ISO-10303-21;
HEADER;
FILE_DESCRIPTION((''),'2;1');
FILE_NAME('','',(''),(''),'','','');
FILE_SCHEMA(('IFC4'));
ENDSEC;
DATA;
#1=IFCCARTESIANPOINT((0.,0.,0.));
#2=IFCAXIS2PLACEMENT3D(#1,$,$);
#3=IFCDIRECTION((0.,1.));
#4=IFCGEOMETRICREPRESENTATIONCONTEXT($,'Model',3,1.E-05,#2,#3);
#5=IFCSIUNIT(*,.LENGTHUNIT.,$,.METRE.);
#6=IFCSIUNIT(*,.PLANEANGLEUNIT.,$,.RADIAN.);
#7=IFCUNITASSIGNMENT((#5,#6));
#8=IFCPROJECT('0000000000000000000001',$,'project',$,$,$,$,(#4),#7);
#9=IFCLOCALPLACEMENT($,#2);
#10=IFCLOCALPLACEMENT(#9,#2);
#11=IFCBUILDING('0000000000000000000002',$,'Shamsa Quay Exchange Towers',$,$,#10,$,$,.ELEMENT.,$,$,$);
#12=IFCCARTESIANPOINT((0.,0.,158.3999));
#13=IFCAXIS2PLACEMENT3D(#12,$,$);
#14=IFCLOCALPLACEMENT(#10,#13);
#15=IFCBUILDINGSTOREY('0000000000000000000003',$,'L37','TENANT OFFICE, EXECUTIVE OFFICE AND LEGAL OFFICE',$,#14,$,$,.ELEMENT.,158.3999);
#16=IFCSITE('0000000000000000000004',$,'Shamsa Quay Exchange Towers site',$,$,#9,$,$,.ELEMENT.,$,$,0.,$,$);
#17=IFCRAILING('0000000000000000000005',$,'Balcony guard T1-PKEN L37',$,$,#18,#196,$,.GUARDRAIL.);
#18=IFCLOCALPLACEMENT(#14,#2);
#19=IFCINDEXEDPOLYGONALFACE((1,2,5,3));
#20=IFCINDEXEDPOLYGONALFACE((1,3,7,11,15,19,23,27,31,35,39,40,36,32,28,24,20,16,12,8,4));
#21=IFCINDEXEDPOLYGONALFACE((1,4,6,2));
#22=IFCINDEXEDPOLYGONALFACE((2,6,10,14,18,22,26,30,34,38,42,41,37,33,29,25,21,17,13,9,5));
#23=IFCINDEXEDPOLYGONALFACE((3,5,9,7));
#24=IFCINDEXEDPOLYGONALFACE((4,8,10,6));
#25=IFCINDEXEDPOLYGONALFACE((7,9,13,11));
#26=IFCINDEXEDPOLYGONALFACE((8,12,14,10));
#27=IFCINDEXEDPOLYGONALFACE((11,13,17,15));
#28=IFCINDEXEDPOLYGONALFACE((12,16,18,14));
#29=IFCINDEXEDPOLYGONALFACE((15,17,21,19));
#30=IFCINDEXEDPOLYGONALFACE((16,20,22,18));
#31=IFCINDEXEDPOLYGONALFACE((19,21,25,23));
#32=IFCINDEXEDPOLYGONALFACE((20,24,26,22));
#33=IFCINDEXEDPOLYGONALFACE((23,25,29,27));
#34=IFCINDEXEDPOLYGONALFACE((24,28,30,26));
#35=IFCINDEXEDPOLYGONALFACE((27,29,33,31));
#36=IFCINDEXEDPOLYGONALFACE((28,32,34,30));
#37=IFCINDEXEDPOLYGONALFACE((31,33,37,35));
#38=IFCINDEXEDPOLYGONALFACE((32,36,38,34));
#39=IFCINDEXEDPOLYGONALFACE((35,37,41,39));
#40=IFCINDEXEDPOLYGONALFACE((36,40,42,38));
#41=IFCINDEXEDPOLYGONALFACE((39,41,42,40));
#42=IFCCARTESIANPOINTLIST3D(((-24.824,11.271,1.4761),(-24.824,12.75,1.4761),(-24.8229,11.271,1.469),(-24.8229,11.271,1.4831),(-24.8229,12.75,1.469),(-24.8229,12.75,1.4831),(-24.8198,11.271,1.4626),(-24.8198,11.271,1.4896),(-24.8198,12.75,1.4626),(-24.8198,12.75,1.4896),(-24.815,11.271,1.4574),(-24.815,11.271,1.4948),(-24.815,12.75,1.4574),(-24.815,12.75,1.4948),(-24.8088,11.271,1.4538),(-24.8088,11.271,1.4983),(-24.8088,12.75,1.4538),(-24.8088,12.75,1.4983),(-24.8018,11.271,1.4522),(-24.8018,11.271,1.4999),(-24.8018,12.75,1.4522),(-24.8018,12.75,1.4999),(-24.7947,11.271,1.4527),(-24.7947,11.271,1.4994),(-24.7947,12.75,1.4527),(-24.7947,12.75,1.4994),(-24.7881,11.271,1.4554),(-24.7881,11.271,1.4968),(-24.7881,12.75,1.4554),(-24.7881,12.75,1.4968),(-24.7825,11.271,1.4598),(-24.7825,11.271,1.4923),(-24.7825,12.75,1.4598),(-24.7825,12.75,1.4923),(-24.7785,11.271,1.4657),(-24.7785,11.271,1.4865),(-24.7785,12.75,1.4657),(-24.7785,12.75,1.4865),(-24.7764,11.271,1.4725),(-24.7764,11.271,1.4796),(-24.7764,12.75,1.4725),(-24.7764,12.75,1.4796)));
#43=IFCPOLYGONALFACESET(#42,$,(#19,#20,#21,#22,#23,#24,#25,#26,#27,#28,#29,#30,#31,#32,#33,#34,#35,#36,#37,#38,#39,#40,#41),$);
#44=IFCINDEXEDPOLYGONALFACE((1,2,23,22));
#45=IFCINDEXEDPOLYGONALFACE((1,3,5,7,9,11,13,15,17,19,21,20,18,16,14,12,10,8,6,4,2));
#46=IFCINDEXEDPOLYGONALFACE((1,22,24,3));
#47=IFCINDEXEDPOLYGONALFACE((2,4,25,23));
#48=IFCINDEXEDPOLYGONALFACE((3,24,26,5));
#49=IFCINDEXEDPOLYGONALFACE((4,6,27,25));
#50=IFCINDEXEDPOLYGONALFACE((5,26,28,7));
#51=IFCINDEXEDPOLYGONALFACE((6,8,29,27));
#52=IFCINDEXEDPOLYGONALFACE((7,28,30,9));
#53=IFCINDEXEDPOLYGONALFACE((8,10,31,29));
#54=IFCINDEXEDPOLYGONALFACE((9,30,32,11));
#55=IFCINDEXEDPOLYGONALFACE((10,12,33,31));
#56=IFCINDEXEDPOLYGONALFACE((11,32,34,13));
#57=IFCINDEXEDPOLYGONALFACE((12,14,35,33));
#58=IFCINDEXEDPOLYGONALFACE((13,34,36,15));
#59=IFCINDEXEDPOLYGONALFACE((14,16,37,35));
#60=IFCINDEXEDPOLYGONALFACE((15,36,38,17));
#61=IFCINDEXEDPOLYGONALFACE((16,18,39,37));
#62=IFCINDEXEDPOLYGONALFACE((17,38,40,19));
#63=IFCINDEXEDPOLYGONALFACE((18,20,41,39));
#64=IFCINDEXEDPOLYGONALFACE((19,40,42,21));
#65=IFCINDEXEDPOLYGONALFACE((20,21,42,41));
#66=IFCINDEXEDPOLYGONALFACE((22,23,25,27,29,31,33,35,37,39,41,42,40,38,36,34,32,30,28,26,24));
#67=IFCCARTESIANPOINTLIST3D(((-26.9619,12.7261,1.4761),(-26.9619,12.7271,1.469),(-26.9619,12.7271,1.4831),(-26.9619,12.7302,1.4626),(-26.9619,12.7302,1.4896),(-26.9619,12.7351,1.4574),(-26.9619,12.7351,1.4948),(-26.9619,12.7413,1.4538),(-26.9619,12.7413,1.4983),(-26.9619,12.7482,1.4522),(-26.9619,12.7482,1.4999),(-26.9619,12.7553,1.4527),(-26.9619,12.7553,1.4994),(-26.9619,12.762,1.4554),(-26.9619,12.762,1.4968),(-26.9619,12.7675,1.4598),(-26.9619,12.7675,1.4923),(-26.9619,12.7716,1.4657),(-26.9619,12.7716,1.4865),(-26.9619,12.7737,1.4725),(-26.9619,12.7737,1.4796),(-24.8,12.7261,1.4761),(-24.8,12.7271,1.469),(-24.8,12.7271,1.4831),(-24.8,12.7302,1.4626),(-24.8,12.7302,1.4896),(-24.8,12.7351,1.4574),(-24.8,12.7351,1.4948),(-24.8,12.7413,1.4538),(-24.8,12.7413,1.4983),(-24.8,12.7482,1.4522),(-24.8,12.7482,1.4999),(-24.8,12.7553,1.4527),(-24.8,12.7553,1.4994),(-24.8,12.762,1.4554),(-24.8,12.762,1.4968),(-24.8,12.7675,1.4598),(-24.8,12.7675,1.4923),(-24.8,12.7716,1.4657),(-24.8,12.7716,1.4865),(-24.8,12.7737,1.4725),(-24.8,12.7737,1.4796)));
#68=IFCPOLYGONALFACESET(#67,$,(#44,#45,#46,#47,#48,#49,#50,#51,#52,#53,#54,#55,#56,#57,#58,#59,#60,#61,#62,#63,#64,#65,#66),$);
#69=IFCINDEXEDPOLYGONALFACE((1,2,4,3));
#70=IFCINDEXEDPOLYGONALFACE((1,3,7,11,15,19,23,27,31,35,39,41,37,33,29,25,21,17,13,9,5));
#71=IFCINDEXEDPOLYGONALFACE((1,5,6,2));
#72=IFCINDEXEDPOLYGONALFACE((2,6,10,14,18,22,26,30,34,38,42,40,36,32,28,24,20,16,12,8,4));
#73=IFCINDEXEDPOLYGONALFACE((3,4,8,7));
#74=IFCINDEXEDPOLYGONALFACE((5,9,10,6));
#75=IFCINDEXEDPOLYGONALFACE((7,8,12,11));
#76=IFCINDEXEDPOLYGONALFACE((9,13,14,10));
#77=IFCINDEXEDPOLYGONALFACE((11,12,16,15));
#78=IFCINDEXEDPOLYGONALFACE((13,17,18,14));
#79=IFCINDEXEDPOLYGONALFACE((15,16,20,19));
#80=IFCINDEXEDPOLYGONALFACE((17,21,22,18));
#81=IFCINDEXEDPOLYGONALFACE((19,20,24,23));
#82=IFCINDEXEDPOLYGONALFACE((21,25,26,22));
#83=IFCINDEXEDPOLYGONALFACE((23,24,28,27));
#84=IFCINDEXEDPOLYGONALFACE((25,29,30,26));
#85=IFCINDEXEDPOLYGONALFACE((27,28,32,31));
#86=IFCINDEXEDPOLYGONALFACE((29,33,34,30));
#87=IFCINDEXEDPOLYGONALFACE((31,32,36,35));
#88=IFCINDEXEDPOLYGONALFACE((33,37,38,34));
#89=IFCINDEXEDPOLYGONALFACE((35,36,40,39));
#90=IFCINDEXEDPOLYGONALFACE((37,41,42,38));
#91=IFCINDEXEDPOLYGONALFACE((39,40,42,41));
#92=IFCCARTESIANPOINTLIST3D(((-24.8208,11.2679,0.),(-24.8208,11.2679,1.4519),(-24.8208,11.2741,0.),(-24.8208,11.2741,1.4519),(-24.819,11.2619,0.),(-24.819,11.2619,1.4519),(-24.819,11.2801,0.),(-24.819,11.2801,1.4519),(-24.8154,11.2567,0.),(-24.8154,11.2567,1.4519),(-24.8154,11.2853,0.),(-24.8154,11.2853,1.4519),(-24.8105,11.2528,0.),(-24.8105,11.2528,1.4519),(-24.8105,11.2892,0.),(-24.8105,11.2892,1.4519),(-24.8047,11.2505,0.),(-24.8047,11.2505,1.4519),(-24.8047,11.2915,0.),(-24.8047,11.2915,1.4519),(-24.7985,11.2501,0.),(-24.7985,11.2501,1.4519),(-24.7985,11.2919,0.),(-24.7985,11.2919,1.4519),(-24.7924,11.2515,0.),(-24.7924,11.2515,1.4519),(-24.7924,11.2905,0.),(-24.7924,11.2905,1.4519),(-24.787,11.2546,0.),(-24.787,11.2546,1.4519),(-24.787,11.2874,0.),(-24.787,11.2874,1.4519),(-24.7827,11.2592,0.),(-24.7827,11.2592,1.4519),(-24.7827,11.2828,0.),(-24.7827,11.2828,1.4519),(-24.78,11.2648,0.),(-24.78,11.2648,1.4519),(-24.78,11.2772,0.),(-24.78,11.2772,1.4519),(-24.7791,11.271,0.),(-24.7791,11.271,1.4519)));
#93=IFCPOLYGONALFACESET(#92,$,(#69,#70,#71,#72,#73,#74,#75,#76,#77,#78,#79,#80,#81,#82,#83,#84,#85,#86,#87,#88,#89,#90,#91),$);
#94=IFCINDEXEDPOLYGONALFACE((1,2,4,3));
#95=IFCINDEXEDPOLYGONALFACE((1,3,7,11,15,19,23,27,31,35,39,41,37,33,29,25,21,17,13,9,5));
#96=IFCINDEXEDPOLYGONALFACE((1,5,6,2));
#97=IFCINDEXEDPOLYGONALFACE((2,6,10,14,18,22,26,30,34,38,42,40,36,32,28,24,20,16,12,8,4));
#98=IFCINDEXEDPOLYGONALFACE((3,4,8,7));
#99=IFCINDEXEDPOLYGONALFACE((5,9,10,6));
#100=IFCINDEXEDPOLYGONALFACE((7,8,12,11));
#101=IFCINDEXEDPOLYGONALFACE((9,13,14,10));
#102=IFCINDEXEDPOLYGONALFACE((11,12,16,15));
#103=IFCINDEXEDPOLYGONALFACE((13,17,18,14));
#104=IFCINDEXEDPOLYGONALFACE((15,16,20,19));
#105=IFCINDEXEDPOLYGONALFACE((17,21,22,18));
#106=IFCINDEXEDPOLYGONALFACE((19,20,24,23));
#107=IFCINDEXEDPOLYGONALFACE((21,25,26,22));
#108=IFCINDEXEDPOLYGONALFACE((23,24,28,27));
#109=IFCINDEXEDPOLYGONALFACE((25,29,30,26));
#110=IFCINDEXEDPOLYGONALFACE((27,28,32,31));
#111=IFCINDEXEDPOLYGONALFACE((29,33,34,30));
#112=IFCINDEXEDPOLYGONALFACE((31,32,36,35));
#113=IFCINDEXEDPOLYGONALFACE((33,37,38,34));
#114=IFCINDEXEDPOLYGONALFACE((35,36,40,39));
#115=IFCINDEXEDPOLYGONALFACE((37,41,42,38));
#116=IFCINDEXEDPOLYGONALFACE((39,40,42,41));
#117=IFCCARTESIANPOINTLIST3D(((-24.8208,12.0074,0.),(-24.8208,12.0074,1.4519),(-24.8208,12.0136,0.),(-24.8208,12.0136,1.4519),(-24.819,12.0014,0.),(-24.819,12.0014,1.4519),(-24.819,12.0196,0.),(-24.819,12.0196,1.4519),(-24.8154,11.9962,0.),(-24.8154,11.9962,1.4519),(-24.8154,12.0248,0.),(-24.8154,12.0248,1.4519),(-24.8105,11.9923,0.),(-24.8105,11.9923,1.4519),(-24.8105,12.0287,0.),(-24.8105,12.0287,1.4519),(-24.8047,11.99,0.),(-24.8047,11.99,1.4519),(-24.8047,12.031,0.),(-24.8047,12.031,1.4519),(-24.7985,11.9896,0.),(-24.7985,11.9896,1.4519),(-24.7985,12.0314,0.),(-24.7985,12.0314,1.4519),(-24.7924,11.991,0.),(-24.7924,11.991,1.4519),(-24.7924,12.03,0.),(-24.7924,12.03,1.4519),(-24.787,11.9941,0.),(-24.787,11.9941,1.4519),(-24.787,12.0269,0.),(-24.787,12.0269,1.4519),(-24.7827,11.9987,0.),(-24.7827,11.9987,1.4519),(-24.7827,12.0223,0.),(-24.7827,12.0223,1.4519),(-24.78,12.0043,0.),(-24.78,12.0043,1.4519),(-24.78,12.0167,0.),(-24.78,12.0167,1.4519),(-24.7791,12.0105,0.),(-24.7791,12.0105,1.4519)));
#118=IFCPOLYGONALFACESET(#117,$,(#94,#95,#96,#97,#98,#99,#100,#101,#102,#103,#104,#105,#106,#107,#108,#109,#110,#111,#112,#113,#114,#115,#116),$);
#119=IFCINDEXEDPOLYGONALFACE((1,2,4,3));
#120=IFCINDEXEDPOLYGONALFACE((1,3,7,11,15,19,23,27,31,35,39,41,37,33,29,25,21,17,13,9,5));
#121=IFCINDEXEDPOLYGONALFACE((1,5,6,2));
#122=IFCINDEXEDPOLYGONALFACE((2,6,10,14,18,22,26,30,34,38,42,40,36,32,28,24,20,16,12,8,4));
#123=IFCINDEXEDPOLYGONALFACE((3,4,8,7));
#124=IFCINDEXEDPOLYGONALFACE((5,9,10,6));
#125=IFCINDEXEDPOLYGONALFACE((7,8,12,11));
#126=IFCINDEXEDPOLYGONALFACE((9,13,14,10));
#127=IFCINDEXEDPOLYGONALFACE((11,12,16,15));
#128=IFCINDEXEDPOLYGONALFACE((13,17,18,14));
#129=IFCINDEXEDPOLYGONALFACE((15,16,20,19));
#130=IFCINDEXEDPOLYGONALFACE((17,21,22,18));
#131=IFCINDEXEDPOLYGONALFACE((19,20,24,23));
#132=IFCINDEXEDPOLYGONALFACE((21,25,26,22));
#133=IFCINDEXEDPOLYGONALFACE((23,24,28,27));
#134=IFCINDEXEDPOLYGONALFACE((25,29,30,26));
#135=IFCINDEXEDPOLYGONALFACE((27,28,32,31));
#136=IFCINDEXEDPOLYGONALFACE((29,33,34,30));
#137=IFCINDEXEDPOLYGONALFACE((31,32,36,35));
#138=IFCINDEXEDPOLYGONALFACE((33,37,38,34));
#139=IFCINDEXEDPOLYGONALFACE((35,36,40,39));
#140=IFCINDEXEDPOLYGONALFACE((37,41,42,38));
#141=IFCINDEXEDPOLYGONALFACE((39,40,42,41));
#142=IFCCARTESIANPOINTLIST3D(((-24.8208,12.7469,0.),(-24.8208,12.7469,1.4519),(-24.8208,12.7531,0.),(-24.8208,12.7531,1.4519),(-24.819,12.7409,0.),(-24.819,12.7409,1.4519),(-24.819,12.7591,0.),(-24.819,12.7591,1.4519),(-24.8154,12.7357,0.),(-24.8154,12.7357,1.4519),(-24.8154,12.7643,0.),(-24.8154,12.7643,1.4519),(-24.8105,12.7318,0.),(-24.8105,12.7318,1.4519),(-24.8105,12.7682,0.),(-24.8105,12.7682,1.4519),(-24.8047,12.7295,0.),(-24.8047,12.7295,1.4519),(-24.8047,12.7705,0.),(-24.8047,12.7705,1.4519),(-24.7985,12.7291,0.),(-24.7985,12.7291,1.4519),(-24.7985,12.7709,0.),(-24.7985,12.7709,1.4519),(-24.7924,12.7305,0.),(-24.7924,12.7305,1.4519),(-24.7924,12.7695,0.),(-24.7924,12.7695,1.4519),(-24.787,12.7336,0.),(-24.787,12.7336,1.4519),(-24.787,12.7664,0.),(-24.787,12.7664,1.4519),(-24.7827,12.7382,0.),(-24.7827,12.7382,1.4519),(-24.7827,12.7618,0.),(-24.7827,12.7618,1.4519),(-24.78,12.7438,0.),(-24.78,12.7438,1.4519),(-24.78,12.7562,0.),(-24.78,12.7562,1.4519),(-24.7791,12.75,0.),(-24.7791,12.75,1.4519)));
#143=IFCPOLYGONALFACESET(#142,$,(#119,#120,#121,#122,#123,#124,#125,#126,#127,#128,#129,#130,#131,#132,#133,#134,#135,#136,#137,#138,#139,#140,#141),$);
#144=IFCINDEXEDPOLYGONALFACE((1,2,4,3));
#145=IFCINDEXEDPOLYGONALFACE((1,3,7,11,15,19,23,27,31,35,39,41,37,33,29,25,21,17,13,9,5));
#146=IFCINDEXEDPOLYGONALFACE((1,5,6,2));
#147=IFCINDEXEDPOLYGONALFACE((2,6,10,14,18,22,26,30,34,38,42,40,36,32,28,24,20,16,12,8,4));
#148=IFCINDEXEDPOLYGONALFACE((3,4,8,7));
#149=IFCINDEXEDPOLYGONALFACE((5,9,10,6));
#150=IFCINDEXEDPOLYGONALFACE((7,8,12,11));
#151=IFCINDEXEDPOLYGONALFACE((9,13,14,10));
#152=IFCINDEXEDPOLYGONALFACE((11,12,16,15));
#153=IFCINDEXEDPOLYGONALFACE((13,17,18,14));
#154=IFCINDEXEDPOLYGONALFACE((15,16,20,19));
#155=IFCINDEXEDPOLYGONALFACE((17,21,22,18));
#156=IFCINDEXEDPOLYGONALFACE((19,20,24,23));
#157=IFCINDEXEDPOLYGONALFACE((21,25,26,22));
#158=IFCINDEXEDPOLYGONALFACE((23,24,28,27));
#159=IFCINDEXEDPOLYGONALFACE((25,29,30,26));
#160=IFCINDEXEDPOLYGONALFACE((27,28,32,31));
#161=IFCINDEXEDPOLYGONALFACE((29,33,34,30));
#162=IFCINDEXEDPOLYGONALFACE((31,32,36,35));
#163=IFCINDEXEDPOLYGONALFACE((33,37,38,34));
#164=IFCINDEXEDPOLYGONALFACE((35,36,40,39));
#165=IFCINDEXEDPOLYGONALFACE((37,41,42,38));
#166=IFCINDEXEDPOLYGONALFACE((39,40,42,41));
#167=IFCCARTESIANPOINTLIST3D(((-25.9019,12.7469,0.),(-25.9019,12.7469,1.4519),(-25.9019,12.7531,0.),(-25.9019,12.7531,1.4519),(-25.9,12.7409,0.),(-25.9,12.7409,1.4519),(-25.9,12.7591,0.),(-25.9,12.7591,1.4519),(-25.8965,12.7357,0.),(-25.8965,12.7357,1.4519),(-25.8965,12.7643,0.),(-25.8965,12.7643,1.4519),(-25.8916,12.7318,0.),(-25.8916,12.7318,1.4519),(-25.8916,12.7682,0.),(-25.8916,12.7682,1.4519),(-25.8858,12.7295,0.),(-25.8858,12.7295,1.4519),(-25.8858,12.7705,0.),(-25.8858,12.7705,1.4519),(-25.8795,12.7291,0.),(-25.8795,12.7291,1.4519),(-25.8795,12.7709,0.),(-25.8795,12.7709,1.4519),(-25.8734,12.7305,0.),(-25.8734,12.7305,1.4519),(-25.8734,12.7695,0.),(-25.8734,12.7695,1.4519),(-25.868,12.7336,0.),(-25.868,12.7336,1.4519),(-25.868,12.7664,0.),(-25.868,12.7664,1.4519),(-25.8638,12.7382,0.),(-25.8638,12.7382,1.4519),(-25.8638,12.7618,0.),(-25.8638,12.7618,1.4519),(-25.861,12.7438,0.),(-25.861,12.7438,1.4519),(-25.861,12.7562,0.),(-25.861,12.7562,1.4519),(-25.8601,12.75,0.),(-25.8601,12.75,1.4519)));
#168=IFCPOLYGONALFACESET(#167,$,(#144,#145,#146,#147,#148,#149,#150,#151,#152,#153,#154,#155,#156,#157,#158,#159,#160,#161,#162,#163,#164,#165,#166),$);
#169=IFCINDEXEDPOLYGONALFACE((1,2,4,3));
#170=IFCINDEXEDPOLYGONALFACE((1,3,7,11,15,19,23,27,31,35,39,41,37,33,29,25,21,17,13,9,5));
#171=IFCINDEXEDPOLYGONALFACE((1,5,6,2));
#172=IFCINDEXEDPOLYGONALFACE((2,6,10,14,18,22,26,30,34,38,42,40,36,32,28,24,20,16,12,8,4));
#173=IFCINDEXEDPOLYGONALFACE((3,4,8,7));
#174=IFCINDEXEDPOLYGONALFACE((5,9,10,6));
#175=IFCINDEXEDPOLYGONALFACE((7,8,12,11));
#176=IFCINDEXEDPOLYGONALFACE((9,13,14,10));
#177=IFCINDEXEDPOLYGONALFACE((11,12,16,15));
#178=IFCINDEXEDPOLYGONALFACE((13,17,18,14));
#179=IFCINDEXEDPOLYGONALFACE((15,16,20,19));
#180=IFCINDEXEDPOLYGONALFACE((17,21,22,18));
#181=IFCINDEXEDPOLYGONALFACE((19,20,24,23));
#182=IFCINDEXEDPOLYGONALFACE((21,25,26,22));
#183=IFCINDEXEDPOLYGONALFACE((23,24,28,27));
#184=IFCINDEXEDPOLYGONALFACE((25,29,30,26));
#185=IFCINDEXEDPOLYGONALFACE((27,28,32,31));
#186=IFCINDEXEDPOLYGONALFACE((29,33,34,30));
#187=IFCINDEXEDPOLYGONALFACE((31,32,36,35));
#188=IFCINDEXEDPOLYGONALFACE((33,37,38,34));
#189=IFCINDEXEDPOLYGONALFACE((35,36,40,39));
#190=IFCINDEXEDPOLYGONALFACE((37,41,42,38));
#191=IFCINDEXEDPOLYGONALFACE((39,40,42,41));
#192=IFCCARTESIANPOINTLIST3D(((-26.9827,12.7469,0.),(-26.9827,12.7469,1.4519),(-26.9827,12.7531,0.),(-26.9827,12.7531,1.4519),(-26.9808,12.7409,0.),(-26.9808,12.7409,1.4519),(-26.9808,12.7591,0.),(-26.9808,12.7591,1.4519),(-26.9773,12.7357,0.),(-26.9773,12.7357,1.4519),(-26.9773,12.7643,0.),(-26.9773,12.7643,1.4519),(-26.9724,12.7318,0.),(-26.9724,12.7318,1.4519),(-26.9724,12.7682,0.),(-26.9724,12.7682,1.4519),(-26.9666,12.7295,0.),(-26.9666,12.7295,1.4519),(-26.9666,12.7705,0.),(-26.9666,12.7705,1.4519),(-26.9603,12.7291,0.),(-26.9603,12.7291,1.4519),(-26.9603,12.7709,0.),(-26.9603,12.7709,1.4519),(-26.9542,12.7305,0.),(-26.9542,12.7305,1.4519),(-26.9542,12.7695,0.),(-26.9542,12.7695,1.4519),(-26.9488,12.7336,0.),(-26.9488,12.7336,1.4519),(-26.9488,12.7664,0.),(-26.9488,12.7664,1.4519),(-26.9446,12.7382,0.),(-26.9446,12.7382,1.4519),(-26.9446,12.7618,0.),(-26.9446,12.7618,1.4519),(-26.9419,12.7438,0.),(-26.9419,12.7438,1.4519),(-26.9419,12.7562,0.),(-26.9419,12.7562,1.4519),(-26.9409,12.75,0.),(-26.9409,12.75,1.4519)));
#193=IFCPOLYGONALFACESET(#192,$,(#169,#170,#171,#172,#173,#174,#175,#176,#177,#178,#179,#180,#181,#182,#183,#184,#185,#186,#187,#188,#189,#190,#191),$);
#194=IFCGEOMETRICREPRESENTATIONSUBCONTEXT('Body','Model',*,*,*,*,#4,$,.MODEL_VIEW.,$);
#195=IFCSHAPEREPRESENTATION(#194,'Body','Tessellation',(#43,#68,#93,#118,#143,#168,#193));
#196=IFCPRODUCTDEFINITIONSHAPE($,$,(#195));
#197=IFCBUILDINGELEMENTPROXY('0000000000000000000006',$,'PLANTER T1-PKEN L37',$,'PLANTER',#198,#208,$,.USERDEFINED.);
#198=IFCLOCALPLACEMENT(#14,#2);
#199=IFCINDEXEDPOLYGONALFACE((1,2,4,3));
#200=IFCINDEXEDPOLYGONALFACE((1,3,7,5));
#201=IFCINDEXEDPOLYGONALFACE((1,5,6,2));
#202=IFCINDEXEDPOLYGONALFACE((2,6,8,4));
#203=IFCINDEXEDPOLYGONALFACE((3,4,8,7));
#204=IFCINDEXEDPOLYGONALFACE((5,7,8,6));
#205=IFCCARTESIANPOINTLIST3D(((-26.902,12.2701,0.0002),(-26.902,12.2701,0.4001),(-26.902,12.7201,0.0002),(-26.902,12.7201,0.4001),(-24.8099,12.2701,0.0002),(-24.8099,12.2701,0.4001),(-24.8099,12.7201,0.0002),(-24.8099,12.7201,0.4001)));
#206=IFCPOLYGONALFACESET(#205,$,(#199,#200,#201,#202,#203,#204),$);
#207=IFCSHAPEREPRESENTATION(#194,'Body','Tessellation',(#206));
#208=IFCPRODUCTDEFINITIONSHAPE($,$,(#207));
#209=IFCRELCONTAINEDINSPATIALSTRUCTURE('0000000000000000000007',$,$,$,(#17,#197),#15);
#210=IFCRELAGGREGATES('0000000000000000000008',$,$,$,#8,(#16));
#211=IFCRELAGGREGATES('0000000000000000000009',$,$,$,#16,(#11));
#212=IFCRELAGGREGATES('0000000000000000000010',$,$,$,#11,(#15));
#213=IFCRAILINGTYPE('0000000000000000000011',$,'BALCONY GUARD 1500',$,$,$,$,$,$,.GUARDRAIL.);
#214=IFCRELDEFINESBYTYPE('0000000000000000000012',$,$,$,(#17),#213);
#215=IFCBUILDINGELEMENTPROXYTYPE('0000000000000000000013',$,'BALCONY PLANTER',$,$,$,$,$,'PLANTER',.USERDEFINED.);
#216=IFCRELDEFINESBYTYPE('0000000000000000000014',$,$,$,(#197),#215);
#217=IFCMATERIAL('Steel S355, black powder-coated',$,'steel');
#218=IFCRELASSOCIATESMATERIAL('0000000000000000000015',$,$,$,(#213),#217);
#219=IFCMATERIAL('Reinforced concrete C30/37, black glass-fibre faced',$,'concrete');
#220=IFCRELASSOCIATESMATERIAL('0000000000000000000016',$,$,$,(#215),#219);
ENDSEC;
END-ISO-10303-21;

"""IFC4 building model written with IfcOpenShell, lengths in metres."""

from ifc_helpers import new_model, si_unit, direction, frame, origin, origin_2d, place, context, subcontext, project, spatial, rectangle, circle, extrude, material, type_object, element, save


model = new_model("IFC4")

# Units and contexts
model_context = context("Model", 3, precision=1e-05, world=origin(), true_north=direction((0.0, 1.0)))
body_context = subcontext(model_context, "Body", "Model", "MODEL_VIEW")
ifc_project = project(units=[si_unit("LENGTHUNIT", "METRE"), si_unit("PLANEANGLEUNIT", "RADIAN")], contexts=[model_context])

# Site, building, storey
site_placement = place(None, origin())
site = spatial("IfcSite", under=ifc_project, at=site_placement, Name="Shamsa Quay Exchange Towers site", CompositionType="ELEMENT", RefElevation=0.0)
building_placement = place(site_placement, origin())
building = spatial("IfcBuilding", under=site, at=building_placement, Name="Shamsa Quay Exchange Towers", CompositionType="ELEMENT")
storey_placement = place(building_placement, frame((0.0, 0.0, 158.3999)))
storey = spatial("IfcBuildingStorey", under=building, at=storey_placement, Name="L37", Description="TENANT OFFICE, EXECUTIVE OFFICE AND LEGAL OFFICE", CompositionType="ELEMENT", Elevation=158.3999)

# Railing
ifc_material_1 = material(Name="Steel S355, black powder-coated", Category="steel")
railing_type = type_object("IfcRailingType", Name="BALCONY GUARD 1500", PredefinedType="GUARDRAIL", material=ifc_material_1)
railing_placement = place(storey_placement, frame((-24.8, 11.271, 0.0)))
element("IfcRailing", 1, at=railing_placement, inside=storey, type_object=railing_type, Name="Balcony guard T1-PKEN L37", PredefinedType="GUARDRAIL", context=body_context, shape_type="SweptSolid", body=[
    extrude(circle(Radius=0.0239, at=origin_2d()), frame((0.0, 0.0, 1.4761), z_axis=(0.0, 1.0, 0.0), x_axis=(-1.0, 0.0, 0.0)), (0.0, 0.0, 1.0), 1.479),
    extrude(circle(Radius=0.0239, at=origin_2d()), frame((0.0, 1.479, 1.4761), z_axis=(-1.0, 0.0, 0.0), x_axis=(0.0, -1.0, 0.0)), (0.0, 0.0, 1.0), 2.1619),
    extrude(circle(Radius=0.021, at=origin_2d()), origin(), (0.0, 0.0, 1.0), 1.4519),
    extrude(circle(Radius=0.021, at=origin_2d()), frame((0.0, 0.7395, 0.0)), (0.0, 0.0, 1.0), 1.4519),
    extrude(circle(Radius=0.021, at=origin_2d()), frame((0.0, 1.479, 0.0)), (0.0, 0.0, 1.0), 1.4519),
    extrude(circle(Radius=0.021, at=origin_2d()), frame((-1.0811, 1.479, 0.0)), (0.0, 0.0, 1.0), 1.4519),
    extrude(circle(Radius=0.021, at=origin_2d()), frame((-2.1619, 1.479, 0.0)), (0.0, 0.0, 1.0), 1.4519),
])

# Building element proxy
ifc_material_2 = material(Name="Reinforced concrete C30/37, black glass-fibre faced", Category="concrete")
building_element_proxy_type = type_object("IfcBuildingElementProxyType", Name="BALCONY PLANTER", ElementType="PLANTER", PredefinedType="USERDEFINED", material=ifc_material_2)
proxy_placement = place(storey_placement, frame((-25.856, 12.4951, 0.0002), z_axis=(0.0, 0.0, 1.0), x_axis=(-1.0, 0.0, 0.0)))
element("IfcBuildingElementProxy", 2, at=proxy_placement, inside=storey, type_object=building_element_proxy_type, Name="PLANTER T1-PKEN L37", ObjectType="PLANTER", PredefinedType="USERDEFINED", context=body_context, shape_type="SweptSolid", body=[
    extrude(rectangle(XDim=2.092, YDim=0.45, at=origin_2d()), origin(), (0.0, 0.0, 1.0), 0.3999),
])

save(model, "model.ifc")
